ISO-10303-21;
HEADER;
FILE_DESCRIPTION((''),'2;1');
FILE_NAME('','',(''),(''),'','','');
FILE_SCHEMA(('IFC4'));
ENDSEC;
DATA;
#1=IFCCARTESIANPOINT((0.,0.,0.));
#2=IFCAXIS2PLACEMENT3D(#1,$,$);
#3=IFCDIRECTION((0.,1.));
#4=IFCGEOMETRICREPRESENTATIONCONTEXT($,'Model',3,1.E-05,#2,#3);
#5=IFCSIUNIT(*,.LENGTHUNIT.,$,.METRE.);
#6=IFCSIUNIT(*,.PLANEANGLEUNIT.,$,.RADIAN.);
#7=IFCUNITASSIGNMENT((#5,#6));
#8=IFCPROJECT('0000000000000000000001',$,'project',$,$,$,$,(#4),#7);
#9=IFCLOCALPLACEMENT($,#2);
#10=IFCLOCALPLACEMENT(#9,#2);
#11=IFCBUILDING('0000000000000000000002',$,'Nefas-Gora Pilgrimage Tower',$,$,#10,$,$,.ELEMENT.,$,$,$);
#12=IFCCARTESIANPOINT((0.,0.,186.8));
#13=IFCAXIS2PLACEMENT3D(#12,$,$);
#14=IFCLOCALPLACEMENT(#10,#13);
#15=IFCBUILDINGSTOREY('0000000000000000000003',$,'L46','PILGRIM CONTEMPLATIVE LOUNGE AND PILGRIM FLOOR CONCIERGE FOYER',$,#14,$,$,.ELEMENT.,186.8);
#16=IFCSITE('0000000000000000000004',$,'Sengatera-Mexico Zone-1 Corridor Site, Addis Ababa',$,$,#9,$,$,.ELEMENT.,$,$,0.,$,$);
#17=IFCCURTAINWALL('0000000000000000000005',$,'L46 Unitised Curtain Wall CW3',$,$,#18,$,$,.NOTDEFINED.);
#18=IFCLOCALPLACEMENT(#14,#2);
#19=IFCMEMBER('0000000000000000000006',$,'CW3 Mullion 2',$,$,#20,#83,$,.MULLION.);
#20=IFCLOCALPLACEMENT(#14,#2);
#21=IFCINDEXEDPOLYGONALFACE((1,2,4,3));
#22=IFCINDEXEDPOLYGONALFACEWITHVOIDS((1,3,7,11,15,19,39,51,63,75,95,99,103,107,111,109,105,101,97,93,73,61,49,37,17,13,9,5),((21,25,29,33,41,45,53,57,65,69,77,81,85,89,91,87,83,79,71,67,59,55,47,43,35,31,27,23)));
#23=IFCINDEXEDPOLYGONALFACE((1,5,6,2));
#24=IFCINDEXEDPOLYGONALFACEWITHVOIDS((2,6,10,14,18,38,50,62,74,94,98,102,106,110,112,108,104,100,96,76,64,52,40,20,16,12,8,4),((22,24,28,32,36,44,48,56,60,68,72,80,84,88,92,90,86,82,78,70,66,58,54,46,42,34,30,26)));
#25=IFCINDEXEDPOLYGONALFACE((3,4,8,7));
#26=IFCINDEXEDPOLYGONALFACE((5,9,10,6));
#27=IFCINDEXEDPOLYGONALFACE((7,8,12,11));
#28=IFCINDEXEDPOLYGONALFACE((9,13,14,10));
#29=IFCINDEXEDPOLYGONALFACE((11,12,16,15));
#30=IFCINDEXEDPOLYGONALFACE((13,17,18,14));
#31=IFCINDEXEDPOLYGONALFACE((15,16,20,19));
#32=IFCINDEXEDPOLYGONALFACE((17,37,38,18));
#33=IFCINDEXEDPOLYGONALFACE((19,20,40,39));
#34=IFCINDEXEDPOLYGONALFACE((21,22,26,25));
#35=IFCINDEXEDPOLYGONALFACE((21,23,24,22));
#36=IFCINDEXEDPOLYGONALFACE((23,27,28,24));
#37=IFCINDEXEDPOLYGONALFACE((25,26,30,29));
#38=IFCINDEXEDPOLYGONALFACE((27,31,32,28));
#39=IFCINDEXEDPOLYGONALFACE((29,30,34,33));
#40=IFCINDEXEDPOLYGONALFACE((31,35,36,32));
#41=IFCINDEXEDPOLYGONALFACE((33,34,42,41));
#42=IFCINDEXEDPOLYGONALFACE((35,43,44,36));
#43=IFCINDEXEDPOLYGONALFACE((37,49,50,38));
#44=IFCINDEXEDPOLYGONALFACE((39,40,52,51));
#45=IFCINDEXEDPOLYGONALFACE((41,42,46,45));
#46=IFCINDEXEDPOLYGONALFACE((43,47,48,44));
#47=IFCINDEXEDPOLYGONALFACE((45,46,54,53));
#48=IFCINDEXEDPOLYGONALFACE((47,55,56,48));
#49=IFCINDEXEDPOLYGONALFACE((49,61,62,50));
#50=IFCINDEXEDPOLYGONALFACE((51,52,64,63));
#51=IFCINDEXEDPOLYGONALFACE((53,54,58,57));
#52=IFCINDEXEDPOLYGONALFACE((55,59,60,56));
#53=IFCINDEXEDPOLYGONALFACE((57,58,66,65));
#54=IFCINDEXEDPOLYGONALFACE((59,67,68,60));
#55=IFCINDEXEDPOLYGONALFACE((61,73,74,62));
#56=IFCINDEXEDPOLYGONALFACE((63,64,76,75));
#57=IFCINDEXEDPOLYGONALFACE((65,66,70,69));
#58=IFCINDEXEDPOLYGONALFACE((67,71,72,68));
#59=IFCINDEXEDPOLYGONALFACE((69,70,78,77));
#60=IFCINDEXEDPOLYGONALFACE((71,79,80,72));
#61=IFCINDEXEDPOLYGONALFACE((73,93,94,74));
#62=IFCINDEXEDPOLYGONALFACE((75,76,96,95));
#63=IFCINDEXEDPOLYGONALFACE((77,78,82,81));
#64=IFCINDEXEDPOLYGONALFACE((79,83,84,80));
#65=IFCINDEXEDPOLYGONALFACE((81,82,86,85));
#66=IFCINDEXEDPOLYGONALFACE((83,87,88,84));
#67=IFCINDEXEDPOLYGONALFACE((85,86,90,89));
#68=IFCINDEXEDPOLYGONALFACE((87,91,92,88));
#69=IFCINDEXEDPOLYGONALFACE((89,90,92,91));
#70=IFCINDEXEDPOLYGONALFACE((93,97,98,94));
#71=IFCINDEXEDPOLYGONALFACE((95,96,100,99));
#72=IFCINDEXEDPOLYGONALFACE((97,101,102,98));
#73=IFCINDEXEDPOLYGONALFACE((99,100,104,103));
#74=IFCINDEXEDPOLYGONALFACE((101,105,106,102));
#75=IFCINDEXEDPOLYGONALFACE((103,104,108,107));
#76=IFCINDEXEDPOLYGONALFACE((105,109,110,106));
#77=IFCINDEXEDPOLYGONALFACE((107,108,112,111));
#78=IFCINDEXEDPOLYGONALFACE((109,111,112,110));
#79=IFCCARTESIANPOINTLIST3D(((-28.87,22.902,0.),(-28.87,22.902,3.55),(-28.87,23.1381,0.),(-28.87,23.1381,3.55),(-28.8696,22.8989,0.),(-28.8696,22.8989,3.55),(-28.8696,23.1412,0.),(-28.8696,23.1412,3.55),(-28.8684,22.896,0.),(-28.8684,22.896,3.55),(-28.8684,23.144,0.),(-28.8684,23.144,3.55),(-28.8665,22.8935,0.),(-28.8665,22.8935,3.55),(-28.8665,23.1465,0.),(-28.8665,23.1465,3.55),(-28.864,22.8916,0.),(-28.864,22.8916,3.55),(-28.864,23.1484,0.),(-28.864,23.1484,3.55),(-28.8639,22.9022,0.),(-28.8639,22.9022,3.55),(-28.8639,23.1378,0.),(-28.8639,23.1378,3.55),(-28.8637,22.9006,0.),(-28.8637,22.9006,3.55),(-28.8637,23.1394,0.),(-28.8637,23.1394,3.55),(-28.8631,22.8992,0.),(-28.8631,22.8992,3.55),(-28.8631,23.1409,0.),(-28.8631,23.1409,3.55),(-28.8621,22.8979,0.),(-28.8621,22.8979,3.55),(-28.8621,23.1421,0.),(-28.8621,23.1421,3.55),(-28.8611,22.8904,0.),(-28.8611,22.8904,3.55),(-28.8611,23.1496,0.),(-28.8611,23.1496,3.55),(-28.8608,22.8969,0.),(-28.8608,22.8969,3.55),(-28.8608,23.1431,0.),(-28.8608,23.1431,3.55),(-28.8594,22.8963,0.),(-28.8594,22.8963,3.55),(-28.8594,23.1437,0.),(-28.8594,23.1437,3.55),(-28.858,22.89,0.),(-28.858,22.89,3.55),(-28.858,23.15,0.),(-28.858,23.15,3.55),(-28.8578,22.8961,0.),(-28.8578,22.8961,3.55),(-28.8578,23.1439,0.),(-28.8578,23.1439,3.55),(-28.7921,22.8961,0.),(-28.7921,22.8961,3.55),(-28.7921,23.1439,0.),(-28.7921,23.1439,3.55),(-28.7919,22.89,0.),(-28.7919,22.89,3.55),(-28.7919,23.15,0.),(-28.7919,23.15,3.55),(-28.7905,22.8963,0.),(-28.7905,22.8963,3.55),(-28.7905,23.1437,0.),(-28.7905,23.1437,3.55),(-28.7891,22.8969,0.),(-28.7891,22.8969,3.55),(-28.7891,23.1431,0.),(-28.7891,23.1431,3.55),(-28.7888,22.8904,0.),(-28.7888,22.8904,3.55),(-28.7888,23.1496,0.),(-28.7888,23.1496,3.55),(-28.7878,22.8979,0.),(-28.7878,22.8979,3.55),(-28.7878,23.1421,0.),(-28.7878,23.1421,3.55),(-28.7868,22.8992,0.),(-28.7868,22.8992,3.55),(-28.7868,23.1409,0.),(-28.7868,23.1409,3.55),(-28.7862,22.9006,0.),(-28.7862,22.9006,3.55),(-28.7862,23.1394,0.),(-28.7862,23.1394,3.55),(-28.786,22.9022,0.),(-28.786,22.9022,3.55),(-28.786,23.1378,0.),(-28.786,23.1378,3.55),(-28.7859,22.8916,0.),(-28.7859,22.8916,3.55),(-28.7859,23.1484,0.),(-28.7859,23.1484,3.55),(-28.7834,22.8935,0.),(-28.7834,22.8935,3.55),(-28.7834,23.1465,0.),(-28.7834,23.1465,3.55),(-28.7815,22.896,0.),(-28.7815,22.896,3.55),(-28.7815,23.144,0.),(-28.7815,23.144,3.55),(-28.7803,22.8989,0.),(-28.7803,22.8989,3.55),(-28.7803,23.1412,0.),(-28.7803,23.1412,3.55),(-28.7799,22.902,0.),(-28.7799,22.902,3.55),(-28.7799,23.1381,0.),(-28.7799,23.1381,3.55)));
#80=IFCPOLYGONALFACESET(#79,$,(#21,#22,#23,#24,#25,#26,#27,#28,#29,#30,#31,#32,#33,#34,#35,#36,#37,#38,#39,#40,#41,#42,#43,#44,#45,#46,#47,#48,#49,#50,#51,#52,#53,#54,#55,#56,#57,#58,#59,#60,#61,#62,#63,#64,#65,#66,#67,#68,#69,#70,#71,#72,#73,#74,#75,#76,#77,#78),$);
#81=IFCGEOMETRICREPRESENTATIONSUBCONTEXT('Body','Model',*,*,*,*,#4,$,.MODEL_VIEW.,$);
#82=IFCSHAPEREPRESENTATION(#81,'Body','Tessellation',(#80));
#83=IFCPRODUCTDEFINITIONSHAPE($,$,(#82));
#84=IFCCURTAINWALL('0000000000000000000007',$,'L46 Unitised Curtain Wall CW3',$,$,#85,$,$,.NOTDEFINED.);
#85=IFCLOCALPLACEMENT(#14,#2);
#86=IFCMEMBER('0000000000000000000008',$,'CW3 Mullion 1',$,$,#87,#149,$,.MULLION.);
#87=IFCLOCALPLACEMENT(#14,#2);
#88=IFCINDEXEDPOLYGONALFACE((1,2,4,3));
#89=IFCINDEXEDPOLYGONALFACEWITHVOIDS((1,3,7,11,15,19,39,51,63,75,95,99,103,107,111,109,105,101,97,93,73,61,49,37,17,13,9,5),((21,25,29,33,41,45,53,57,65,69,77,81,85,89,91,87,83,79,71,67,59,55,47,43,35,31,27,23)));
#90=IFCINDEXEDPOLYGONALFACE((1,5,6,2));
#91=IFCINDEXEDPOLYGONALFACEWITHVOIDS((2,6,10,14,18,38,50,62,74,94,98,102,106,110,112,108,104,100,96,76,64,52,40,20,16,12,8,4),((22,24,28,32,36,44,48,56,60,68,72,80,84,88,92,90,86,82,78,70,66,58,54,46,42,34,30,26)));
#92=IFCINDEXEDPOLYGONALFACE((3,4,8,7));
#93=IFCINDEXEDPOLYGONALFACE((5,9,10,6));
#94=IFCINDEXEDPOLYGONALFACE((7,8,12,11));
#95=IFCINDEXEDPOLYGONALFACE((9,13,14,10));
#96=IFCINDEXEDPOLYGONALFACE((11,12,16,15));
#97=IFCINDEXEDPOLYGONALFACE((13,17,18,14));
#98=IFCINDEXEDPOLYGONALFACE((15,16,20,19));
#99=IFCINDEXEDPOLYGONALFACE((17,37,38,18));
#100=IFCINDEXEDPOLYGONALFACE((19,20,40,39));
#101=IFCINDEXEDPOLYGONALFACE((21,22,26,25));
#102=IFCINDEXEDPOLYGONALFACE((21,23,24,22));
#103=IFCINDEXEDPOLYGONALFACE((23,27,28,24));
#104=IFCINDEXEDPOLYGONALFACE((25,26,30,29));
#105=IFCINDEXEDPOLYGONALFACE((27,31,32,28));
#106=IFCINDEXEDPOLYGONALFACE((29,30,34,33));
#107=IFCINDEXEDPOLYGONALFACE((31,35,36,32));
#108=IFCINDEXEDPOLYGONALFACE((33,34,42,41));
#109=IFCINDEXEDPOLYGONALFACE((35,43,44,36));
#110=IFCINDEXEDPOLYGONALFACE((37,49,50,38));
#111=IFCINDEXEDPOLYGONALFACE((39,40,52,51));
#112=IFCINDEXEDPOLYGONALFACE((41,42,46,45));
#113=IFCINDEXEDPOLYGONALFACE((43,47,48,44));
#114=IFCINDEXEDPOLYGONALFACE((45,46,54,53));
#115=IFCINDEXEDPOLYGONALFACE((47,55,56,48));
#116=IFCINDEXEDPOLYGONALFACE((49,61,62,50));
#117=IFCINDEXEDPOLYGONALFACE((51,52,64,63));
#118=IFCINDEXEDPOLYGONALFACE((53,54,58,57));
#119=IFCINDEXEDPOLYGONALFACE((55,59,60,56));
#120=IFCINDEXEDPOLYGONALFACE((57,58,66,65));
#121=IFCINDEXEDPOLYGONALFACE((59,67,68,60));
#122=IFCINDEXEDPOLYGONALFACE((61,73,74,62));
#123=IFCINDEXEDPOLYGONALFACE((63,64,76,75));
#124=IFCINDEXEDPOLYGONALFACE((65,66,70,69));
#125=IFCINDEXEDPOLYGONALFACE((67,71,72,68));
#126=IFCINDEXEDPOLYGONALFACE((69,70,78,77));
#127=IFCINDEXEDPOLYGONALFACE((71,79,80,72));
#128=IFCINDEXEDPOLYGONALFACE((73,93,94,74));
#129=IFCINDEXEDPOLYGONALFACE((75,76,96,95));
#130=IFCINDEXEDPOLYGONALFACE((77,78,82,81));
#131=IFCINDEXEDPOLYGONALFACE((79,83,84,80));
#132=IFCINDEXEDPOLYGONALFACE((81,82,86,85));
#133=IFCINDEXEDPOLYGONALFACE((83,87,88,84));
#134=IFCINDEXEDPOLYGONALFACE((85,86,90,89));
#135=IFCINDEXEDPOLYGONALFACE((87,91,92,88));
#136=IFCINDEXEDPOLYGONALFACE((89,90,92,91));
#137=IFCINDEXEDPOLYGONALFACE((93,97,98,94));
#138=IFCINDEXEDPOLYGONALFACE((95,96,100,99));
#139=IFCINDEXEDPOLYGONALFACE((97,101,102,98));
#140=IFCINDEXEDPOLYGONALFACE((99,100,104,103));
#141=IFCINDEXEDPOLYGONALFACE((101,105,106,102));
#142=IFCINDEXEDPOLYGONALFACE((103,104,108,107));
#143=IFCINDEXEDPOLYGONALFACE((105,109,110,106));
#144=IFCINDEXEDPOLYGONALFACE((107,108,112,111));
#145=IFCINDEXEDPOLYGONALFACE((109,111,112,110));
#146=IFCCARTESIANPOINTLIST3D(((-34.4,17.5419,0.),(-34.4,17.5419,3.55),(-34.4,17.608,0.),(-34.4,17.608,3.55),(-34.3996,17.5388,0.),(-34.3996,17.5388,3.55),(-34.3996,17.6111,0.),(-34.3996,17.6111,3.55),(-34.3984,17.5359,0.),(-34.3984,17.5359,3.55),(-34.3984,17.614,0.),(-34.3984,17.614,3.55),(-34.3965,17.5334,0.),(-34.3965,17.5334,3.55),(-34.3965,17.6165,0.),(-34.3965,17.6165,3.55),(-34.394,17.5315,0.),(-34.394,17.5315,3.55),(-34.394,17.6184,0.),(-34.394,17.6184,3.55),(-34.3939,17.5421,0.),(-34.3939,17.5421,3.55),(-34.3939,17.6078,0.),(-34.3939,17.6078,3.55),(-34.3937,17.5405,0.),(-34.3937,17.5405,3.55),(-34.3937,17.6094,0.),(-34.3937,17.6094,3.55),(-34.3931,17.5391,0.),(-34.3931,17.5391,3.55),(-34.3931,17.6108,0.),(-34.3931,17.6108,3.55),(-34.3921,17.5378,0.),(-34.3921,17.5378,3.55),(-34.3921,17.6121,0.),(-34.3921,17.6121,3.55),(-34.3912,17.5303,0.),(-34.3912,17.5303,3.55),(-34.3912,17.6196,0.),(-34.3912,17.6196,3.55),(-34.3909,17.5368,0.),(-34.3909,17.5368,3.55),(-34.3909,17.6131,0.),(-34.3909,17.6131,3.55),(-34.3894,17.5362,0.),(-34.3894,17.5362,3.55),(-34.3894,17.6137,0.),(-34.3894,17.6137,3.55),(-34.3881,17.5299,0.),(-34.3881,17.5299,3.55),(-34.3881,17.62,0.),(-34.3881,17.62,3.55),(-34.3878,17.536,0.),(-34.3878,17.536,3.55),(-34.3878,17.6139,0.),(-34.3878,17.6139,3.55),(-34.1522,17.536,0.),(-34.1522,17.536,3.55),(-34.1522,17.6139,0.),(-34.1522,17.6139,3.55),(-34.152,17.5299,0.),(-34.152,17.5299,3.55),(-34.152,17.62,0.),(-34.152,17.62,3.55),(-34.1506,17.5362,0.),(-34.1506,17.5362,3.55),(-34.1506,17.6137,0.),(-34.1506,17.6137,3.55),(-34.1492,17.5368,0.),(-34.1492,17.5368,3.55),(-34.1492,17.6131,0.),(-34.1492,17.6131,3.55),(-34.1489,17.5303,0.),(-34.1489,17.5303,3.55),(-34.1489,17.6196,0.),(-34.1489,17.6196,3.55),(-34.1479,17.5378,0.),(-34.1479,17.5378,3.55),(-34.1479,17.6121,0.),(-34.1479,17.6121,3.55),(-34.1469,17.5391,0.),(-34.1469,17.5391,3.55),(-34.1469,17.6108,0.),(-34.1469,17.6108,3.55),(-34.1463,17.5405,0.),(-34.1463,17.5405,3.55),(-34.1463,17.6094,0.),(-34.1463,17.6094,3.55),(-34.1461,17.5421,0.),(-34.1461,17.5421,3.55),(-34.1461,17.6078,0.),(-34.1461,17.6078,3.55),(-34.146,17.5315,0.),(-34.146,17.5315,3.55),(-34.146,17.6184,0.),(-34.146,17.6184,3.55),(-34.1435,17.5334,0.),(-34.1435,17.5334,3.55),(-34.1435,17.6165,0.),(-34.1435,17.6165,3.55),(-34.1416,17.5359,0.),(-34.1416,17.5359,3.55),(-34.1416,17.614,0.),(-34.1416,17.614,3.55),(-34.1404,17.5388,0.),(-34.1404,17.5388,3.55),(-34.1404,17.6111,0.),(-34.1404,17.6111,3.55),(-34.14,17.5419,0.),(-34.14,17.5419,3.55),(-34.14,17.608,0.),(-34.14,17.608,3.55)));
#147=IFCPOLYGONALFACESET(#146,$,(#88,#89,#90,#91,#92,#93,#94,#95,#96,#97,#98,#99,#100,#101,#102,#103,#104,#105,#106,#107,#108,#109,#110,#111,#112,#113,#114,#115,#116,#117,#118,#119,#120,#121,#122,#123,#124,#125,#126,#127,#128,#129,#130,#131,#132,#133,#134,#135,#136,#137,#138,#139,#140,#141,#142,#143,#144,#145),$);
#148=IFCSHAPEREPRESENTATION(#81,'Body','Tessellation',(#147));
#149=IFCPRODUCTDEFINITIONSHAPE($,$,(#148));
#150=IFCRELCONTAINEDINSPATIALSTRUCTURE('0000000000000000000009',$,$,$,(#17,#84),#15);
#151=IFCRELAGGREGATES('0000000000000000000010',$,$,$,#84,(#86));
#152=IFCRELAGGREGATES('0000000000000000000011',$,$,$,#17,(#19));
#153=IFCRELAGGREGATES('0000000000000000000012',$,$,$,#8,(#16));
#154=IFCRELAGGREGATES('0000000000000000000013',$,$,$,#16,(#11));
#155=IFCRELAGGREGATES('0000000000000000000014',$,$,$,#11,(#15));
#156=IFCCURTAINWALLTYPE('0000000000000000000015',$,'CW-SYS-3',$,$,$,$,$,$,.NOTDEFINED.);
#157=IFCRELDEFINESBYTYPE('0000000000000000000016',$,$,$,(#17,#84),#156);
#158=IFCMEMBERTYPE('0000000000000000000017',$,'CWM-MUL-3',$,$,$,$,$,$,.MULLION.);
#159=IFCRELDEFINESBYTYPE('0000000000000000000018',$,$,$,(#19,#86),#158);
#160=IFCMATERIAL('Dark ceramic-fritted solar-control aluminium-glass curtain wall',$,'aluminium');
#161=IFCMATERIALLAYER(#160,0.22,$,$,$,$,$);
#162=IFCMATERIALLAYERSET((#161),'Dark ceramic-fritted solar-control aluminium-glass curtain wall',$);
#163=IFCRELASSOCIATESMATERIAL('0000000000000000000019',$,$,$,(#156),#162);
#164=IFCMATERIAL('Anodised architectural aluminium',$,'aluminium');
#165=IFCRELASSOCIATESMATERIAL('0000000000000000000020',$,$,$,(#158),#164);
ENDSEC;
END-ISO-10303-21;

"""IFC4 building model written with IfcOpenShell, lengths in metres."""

from ifc_helpers import new_model, si_unit, direction, frame, origin, origin_2d, place, context, subcontext, project, spatial, hollow_rectangle, extrude, source, transform, mapped, material, layer, layer_set, material_profile, profile_set, type_object, element, aggregate, save


model = new_model("IFC4")

# Units and contexts
model_context = context("Model", 3, precision=1e-05, world=origin(), true_north=direction((0.0, 1.0)))
body_context = subcontext(model_context, "Body", "Model", "MODEL_VIEW")
ifc_project = project(units=[si_unit("LENGTHUNIT", "METRE"), si_unit("PLANEANGLEUNIT", "RADIAN")], contexts=[model_context])

# Site, building, storey
site_placement = place(None, origin())
site = spatial("IfcSite", under=ifc_project, at=site_placement, Name="Sengatera-Mexico Zone-1 Corridor Site, Addis Ababa", CompositionType="ELEMENT", RefElevation=0.0)
building_placement = place(site_placement, origin())
building = spatial("IfcBuilding", under=site, at=building_placement, Name="Nefas-Gora Pilgrimage Tower", CompositionType="ELEMENT")
storey_placement = place(building_placement, frame((0.0, 0.0, 186.8)))
storey = spatial("IfcBuildingStorey", under=building, at=storey_placement, Name="L46", Description="PILGRIM CONTEMPLATIVE LOUNGE AND PILGRIM FLOOR CONCIERGE FOYER", CompositionType="ELEMENT", Elevation=186.8)

# Shared definitions
ifc_material_1 = material(Name="Dark ceramic-fritted solar-control aluminium-glass curtain wall", Category="aluminium")
ifc_material_2 = material(Name="Anodised architectural aluminium", Category="aluminium")

# Curtain wall, member
ifc_layer_1 = layer(ifc_material_1, 0.22)
ifc_layer_set_1 = layer_set([ifc_layer_1], Name="Dark ceramic-fritted solar-control aluminium-glass curtain wall")
curtain_wall_type_1 = type_object("IfcCurtainWallType", Name="CW-SYS-3", PredefinedType="NOTDEFINED", material=ifc_layer_set_1)
curtain_wall_1_placement = place(storey_placement, origin())
curtain_wall_1 = element("IfcCurtainWall", 1, at=curtain_wall_1_placement, inside=storey, type_object=curtain_wall_type_1, Name="L46 Unitised Curtain Wall CW3", PredefinedType="NOTDEFINED")
ifc_material_profile_1 = material_profile(ifc_material_2, hollow_rectangle(XDim=0.0901, YDim=0.26, WallThickness=0.0061, InnerFilletRadius=0.0061, OuterFilletRadius=0.012, at=origin_2d()), Name="ALU MULLION 90x260")
ifc_profile_set_1 = profile_set([ifc_material_profile_1], Name="Anodised architectural aluminium")
member_type_1 = type_object("IfcMemberType", Name="CWM-MUL-3", PredefinedType="MULLION", material=ifc_profile_set_1)
shared_shape_1 = source(origin(), body_context, "Body", "SweptSolid", [
    extrude(hollow_rectangle(XDim=0.0901, YDim=0.26, WallThickness=0.0061, InnerFilletRadius=0.0061, OuterFilletRadius=0.012, at=origin_2d()), origin(), (0.0, 0.0, 1.0), 3.55),
])
member_1_placement = place(storey_placement, frame((-28.825, 23.02, 0.0), z_axis=(0.0, 0.0, 1.0), x_axis=(-1.0, 0.0, 0.0)))
member_1 = element("IfcMember", 2, at=member_1_placement, type_object=member_type_1, Name="CW3 Mullion 2", PredefinedType="MULLION", context=body_context, shape_type="MappedRepresentation", body=[
    mapped(shared_shape_1, transform((0.0, 0.0, 0.0), x_axis=(1.0, 0.0, 0.0), y_axis=(0.0, 1.0, 0.0), z_axis=(0.0, 0.0, 1.0), scale=1.0)),
])

# Curtain wall, member
curtain_wall_2_placement = place(storey_placement, origin())
curtain_wall_2 = element("IfcCurtainWall", 3, at=curtain_wall_2_placement, inside=storey, type_object=curtain_wall_type_1, Name="L46 Unitised Curtain Wall CW3", PredefinedType="NOTDEFINED")
member_2_placement = place(storey_placement, frame((-34.27, 17.575, 0.0), z_axis=(0.0, 0.0, 1.0), x_axis=(0.0, -1.0, 0.0)))
member_2 = element("IfcMember", 4, at=member_2_placement, type_object=member_type_1, Name="CW3 Mullion 1", PredefinedType="MULLION", context=body_context, shape_type="MappedRepresentation", body=[
    mapped(shared_shape_1, transform((0.0, 0.0, 0.0), x_axis=(1.0, 0.0, 0.0), y_axis=(0.0, 1.0, 0.0), z_axis=(0.0, 0.0, 1.0), scale=1.0)),
])

aggregate(curtain_wall_2, [member_2])

aggregate(curtain_wall_1, [member_1])

save(model, "model.ifc")
